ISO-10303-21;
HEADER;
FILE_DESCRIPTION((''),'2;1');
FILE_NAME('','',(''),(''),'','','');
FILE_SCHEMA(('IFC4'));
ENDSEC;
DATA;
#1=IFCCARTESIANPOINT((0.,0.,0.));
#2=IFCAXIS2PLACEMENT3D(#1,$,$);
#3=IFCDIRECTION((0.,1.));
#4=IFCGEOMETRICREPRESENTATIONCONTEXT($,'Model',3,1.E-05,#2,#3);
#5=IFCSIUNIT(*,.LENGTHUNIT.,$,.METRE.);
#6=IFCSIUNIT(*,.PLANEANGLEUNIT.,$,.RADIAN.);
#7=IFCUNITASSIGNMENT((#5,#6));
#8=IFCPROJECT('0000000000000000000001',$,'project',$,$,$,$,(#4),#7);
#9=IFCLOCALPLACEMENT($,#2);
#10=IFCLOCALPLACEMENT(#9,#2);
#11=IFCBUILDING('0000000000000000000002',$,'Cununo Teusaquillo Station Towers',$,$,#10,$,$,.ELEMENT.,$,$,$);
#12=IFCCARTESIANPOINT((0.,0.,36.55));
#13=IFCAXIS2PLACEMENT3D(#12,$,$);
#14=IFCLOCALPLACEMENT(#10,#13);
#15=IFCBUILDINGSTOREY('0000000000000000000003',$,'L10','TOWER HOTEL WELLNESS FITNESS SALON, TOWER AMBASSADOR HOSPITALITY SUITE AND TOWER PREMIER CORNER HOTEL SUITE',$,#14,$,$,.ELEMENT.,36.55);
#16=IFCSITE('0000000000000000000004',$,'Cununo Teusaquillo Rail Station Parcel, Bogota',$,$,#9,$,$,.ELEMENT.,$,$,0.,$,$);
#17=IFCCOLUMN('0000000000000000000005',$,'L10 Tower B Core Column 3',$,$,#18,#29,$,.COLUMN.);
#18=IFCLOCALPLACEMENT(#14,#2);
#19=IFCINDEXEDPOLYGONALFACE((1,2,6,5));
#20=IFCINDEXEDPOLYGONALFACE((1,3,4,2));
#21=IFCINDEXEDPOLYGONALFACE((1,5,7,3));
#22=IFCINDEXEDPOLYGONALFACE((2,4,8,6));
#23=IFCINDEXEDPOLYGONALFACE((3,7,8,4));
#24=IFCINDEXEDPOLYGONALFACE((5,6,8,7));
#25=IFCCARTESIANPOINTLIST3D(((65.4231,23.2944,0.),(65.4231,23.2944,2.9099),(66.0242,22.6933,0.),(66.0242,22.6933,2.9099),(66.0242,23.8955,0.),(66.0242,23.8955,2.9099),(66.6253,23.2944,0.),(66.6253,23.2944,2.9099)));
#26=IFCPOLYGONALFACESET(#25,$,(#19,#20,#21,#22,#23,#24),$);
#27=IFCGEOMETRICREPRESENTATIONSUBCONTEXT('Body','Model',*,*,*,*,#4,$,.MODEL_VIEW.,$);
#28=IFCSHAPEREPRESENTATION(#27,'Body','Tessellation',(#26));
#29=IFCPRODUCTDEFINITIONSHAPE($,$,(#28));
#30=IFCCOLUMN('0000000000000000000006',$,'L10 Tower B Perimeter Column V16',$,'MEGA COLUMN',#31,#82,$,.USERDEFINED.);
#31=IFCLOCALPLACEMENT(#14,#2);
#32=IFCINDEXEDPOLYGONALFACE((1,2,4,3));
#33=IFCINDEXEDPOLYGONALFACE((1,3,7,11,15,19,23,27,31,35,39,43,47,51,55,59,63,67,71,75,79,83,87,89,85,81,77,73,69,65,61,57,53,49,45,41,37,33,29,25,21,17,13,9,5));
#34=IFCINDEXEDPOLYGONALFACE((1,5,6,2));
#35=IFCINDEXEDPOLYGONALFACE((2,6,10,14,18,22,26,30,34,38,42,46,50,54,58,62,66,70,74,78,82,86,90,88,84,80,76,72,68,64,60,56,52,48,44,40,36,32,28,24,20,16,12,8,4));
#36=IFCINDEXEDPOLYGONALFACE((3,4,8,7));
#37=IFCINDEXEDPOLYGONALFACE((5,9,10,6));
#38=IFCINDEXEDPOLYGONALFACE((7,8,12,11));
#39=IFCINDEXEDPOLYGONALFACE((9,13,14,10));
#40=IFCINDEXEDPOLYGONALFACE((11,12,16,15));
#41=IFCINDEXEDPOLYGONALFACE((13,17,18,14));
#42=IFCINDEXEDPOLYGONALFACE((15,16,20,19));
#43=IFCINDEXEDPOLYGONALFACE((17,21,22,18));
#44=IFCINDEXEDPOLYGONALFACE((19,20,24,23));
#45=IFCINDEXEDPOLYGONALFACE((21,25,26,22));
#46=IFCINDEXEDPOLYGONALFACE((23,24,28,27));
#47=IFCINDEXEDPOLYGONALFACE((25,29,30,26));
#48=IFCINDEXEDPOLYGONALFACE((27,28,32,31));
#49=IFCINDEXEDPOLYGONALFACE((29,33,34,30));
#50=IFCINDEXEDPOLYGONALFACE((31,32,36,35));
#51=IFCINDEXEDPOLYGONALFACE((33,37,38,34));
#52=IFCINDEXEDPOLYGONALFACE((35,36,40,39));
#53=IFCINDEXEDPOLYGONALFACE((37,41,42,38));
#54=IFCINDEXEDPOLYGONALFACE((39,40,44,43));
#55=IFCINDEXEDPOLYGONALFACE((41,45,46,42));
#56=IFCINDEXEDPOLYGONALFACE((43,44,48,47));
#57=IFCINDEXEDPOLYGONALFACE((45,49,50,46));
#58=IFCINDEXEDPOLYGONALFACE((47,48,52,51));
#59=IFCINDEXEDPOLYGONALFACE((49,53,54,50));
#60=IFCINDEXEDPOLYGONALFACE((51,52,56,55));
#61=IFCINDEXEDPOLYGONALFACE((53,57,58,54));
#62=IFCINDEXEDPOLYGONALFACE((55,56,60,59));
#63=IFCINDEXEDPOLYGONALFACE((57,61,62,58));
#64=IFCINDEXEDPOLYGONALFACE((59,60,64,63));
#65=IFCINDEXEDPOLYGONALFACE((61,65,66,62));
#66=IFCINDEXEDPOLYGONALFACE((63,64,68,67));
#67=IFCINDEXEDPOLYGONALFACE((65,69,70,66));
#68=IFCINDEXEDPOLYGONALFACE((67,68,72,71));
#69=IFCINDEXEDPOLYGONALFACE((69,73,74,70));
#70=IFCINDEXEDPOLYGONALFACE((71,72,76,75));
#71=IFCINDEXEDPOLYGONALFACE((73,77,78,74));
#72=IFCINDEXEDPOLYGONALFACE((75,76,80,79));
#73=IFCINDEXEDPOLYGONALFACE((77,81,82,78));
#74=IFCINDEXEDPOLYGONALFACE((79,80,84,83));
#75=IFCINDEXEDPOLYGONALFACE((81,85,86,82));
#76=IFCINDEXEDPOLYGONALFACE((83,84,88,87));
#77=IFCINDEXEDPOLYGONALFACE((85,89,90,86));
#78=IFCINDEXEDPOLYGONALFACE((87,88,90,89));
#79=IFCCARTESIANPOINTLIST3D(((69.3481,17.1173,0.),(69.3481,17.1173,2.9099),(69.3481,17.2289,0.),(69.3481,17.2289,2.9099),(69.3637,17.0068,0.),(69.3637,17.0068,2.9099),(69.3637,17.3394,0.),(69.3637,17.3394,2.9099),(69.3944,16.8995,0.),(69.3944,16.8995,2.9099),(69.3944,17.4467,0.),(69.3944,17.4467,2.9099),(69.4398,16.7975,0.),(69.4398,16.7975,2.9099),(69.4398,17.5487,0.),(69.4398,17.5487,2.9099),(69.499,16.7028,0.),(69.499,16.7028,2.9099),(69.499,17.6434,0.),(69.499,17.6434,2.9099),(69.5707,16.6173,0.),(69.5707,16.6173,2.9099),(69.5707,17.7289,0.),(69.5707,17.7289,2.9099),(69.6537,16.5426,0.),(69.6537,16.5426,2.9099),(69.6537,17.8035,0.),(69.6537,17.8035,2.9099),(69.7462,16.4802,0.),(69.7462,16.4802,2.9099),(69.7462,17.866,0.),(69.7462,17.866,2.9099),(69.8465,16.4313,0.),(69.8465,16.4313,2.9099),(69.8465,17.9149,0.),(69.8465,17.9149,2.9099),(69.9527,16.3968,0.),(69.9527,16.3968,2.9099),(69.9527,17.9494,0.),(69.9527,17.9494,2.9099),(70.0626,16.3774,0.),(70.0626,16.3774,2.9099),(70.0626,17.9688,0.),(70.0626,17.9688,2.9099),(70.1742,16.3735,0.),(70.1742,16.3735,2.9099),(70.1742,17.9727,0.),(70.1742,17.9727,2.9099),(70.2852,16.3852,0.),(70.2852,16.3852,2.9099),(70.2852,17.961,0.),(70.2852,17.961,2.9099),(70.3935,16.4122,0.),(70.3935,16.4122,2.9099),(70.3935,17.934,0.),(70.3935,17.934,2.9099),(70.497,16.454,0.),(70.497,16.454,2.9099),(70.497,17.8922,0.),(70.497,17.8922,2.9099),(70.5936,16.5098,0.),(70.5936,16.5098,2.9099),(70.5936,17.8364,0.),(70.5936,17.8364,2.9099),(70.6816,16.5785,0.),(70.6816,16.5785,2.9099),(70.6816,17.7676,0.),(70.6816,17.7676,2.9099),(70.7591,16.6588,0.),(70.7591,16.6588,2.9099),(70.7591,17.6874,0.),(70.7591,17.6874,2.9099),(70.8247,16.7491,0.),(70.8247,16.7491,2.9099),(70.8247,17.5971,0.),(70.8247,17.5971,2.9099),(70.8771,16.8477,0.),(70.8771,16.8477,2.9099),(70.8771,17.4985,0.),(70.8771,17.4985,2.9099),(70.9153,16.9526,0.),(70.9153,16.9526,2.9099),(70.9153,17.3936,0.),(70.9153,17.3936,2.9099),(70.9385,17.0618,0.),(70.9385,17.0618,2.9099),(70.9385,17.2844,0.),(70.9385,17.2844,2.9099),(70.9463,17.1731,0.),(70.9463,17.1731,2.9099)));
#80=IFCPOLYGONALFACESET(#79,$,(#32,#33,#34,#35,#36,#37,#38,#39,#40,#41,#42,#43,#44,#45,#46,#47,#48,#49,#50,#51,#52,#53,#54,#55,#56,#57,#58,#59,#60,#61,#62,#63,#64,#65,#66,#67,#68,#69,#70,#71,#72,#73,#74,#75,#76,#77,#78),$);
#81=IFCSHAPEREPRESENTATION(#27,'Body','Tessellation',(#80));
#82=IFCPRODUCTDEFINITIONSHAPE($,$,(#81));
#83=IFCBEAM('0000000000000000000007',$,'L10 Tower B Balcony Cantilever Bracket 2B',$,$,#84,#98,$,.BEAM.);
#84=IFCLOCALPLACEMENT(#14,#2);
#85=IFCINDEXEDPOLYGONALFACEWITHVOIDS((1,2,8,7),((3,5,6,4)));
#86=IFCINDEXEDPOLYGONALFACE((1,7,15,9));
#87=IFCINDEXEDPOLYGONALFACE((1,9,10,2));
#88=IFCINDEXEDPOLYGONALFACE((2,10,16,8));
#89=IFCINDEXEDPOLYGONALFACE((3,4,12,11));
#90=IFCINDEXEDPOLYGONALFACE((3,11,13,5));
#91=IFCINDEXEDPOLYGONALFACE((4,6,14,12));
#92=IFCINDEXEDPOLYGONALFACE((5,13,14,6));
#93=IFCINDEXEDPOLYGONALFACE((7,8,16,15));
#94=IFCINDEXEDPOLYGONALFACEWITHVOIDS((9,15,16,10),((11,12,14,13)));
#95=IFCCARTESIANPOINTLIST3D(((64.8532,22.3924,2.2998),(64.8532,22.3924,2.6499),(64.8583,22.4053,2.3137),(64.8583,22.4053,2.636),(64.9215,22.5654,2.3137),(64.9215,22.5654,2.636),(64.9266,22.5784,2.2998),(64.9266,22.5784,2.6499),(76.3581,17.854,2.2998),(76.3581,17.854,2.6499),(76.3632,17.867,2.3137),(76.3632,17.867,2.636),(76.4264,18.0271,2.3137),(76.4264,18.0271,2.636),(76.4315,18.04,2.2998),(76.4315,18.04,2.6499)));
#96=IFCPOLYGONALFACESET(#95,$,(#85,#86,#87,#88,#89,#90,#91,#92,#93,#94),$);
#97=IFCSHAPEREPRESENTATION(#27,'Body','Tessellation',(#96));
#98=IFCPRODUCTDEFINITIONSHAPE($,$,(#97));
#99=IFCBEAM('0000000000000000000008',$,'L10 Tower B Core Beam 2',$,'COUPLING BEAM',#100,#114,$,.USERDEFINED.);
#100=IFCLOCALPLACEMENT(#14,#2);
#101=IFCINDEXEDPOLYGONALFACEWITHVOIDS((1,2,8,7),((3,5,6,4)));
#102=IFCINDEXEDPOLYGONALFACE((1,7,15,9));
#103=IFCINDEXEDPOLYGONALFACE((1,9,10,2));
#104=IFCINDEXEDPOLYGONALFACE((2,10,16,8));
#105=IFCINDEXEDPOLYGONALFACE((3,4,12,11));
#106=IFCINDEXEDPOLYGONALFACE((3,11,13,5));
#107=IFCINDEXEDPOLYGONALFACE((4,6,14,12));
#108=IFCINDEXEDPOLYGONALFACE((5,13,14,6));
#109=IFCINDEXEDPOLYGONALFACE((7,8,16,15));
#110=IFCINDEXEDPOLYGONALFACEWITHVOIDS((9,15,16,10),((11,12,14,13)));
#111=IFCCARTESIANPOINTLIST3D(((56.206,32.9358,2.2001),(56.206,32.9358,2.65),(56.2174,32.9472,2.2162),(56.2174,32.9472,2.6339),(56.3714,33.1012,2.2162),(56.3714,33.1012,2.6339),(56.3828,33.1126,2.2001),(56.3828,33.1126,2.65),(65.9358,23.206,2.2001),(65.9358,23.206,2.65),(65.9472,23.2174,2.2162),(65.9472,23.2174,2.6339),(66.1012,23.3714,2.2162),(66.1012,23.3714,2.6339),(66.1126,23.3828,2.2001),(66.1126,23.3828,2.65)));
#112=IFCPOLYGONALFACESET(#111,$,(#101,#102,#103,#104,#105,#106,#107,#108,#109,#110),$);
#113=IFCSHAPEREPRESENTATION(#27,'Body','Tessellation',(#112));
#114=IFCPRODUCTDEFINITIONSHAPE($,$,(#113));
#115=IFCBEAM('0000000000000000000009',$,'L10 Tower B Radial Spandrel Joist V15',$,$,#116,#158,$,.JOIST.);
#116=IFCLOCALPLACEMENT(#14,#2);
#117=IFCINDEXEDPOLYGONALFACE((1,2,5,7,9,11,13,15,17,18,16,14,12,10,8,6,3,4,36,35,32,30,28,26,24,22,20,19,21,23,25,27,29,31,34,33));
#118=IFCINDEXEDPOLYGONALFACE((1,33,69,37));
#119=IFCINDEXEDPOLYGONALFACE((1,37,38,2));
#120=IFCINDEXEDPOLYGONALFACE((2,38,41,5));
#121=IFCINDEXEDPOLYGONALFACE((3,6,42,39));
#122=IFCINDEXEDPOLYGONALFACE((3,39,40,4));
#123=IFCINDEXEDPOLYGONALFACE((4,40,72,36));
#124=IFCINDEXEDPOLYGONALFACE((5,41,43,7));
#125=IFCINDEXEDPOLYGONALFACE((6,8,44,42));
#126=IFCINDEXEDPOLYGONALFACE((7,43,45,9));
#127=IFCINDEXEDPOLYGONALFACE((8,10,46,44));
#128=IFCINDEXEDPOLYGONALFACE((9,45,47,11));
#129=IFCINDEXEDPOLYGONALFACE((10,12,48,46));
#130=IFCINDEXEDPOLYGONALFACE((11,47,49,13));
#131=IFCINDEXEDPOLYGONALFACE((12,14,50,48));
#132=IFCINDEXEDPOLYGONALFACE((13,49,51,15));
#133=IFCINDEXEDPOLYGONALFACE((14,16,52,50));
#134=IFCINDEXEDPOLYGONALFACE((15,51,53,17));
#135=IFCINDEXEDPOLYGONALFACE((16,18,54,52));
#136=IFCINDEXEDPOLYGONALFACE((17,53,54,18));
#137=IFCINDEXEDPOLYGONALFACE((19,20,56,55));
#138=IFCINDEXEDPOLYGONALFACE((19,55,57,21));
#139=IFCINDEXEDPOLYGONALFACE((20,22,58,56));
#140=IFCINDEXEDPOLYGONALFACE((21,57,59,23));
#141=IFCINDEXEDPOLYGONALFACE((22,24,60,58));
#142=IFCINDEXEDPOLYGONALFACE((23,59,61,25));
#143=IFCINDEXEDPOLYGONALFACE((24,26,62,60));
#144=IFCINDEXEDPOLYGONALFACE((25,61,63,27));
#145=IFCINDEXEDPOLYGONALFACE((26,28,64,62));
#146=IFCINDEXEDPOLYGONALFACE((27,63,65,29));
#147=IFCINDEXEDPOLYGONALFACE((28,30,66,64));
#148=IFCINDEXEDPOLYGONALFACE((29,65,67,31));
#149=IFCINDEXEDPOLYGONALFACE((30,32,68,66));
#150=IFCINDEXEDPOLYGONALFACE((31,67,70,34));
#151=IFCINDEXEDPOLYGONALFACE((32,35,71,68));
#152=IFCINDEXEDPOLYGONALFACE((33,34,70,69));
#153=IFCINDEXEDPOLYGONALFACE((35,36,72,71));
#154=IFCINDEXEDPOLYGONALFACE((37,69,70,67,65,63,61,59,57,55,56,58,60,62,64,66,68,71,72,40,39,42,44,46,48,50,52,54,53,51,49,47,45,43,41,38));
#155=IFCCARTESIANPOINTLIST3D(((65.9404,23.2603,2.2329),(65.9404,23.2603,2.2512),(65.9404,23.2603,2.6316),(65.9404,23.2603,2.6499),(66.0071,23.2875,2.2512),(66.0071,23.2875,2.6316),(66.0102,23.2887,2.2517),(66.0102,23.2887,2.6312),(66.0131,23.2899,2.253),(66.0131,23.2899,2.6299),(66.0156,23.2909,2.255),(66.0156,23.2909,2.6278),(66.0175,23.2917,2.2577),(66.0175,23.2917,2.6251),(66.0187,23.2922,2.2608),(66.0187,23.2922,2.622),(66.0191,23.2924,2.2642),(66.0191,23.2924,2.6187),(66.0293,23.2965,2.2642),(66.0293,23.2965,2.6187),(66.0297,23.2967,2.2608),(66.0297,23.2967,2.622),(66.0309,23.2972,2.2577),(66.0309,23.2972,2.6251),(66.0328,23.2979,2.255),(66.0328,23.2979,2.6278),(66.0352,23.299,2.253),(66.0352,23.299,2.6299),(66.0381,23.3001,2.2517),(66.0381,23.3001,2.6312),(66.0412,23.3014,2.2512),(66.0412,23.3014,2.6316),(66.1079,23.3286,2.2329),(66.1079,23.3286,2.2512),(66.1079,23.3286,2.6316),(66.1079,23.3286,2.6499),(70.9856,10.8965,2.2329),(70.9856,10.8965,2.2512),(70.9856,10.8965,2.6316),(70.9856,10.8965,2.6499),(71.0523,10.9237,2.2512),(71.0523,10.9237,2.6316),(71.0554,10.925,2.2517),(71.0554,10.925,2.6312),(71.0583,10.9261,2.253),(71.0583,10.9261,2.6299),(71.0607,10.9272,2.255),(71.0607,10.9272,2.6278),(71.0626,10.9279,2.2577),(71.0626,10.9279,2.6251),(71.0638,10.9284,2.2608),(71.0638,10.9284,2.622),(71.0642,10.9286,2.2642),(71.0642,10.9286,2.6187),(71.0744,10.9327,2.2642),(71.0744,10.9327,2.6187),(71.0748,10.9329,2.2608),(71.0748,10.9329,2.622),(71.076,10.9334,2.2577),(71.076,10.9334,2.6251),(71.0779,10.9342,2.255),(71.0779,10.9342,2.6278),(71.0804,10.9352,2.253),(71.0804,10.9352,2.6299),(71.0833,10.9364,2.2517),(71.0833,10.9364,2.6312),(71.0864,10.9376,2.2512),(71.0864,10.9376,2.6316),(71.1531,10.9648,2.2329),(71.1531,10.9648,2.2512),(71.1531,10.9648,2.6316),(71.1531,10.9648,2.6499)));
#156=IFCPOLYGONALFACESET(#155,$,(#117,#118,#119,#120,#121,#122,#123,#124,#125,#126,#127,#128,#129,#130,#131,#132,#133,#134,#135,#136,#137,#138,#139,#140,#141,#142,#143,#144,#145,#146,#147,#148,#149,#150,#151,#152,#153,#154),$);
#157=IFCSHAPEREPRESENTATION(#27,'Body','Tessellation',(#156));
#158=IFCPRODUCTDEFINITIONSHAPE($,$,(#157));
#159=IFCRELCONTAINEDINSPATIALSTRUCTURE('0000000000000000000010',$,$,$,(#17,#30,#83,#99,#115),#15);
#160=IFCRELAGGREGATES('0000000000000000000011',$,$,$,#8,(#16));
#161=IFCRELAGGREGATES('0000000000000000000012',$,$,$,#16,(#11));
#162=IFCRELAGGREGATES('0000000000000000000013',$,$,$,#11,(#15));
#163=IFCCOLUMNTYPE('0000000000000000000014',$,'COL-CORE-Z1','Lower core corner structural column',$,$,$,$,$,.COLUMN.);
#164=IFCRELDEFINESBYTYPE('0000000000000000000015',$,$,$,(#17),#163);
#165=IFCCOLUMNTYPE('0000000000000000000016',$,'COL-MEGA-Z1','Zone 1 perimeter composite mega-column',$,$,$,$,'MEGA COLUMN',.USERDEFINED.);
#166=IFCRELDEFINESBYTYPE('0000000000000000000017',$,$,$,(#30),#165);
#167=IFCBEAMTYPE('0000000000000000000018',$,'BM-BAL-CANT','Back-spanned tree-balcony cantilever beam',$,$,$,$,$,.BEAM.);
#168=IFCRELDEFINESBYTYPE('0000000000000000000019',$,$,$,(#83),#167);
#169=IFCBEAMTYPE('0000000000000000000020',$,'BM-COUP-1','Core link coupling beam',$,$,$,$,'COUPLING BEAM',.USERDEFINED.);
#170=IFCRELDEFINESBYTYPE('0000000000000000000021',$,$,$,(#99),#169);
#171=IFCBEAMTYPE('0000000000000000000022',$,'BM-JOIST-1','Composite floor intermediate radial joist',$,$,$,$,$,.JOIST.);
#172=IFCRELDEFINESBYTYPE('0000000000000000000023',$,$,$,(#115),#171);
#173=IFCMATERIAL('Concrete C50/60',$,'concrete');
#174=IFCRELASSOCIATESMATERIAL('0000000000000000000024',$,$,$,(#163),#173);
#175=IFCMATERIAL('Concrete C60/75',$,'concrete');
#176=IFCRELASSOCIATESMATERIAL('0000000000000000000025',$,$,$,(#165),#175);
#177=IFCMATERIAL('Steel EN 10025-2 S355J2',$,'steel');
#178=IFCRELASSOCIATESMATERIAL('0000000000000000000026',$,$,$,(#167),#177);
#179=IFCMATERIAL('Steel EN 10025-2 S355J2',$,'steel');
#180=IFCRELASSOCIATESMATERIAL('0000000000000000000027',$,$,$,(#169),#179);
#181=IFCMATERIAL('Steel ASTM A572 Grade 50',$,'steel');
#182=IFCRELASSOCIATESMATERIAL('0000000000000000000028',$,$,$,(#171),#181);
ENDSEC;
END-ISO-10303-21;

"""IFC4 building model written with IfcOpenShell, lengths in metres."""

from ifc_helpers import new_model, si_unit, direction, frame, origin, origin_2d, place, context, subcontext, project, spatial, rectangle, hollow_rectangle, circle, i_section, extrude, material, material_profile, profile_set, type_object, element, save


model = new_model("IFC4")

# Units and contexts
model_context = context("Model", 3, precision=1e-05, world=origin(), true_north=direction((0.0, 1.0)))
body_context = subcontext(model_context, "Body", "Model", "MODEL_VIEW")
ifc_project = project(units=[si_unit("LENGTHUNIT", "METRE"), si_unit("PLANEANGLEUNIT", "RADIAN")], contexts=[model_context])

# Site, building, storey
site_placement = place(None, origin())
site = spatial("IfcSite", under=ifc_project, at=site_placement, Name="Cununo Teusaquillo Rail Station Parcel, Bogota", CompositionType="ELEMENT", RefElevation=0.0)
building_placement = place(site_placement, origin())
building = spatial("IfcBuilding", under=site, at=building_placement, Name="Cununo Teusaquillo Station Towers", CompositionType="ELEMENT")
storey_placement = place(building_placement, frame((0.0, 0.0, 36.55)))
storey = spatial("IfcBuildingStorey", under=building, at=storey_placement, Name="L10", Description="TOWER HOTEL WELLNESS FITNESS SALON, TOWER AMBASSADOR HOSPITALITY SUITE AND TOWER PREMIER CORNER HOTEL SUITE", CompositionType="ELEMENT", Elevation=36.55)

# Columns
ifc_material_1 = material(Name="Concrete C50/60", Category="concrete")
ifc_material_profile_1 = material_profile(ifc_material_1, rectangle(XDim=0.8501, YDim=0.8501, at=origin_2d()), Name="RC-RECT-850x850")
ifc_profile_set_1 = profile_set([ifc_material_profile_1], Name="Concrete C50/60")
column_type_1 = type_object("IfcColumnType", Name="COL-CORE-Z1", Description="Lower core corner structural column", PredefinedType="COLUMN", material=ifc_profile_set_1)
column_1_placement = place(storey_placement, frame((66.0242, 23.2944, 0.0), z_axis=(0.0, 0.0, 1.0), x_axis=(0.707107, 0.707107, 0.0)))
element("IfcColumn", 1, at=column_1_placement, inside=storey, type_object=column_type_1, Name="L10 Tower B Core Column 3", PredefinedType="COLUMN", context=body_context, shape_type="SweptSolid", body=[
    extrude(rectangle(XDim=0.8501, YDim=0.8501, at=origin_2d()), origin(), (0.0, 0.0, 1.0), 2.9099),
])
ifc_material_2 = material(Name="Concrete C60/75", Category="concrete")
ifc_material_profile_2 = material_profile(ifc_material_2, circle(Radius=0.8, at=origin_2d()), Name="RC-CIRC-1600")
ifc_profile_set_2 = profile_set([ifc_material_profile_2], Name="Concrete C60/75")
column_type_2 = type_object("IfcColumnType", Name="COL-MEGA-Z1", Description="Zone 1 perimeter composite mega-column", ElementType="MEGA COLUMN", PredefinedType="USERDEFINED", material=ifc_profile_set_2)
column_2_placement = place(storey_placement, frame((70.1462, 17.1731, 0.0), z_axis=(0.0, 0.0, 1.0), x_axis=(1.0, 0.0, 0.0)))
element("IfcColumn", 2, at=column_2_placement, inside=storey, type_object=column_type_2, Name="L10 Tower B Perimeter Column V16", ObjectType="MEGA COLUMN", PredefinedType="USERDEFINED", context=body_context, shape_type="SweptSolid", body=[
    extrude(circle(Radius=0.8, at=origin_2d()), origin(), (0.0, 0.0, 1.0), 2.9099),
])

# Beams
ifc_material_3 = material(Name="Steel EN 10025-2 S355J2", Category="steel")
ifc_material_profile_3 = material_profile(ifc_material_3, hollow_rectangle(XDim=0.2, YDim=0.3501, WallThickness=0.0139, at=origin_2d()), Name="RHS 350x200x14")
ifc_profile_set_3 = profile_set([ifc_material_profile_3], Name="Steel EN 10025-2 S355J2")
beam_type_1 = type_object("IfcBeamType", Name="BM-BAL-CANT", Description="Back-spanned tree-balcony cantilever beam", PredefinedType="BEAM", material=ifc_profile_set_3)
beam_1_placement = place(storey_placement, frame((64.8899, 22.4854, 2.4749), z_axis=(0.93024, -0.366952, 0.0), x_axis=(0.366952, 0.93024, 0.0)))
element("IfcBeam", 3, at=beam_1_placement, inside=storey, type_object=beam_type_1, Name="L10 Tower B Balcony Cantilever Bracket 2B", PredefinedType="BEAM", context=body_context, shape_type="SweptSolid", body=[
    extrude(hollow_rectangle(XDim=0.2, YDim=0.3501, WallThickness=0.0139, at=origin_2d()), origin(), (0.0, 0.0, 1.0), 12.3677),
])
ifc_material_4 = material(Name="Steel EN 10025-2 S355J2", Category="steel")
ifc_material_profile_4 = material_profile(ifc_material_4, hollow_rectangle(XDim=0.25, YDim=0.45, WallThickness=0.0161, at=origin_2d()), Name="RHS 450x250x16")
ifc_profile_set_4 = profile_set([ifc_material_profile_4], Name="Steel EN 10025-2 S355J2")
beam_type_2 = type_object("IfcBeamType", Name="BM-COUP-1", Description="Core link coupling beam", ElementType="COUPLING BEAM", PredefinedType="USERDEFINED", material=ifc_profile_set_4)
beam_2_placement = place(storey_placement, frame((66.0242, 23.2944, 2.425), z_axis=(-0.707107, 0.707107, 0.0), x_axis=(-0.707107, -0.707107, 0.0)))
element("IfcBeam", 4, at=beam_2_placement, inside=storey, type_object=beam_type_2, Name="L10 Tower B Core Beam 2", ObjectType="COUPLING BEAM", PredefinedType="USERDEFINED", context=body_context, shape_type="SweptSolid", body=[
    extrude(hollow_rectangle(XDim=0.25, YDim=0.45, WallThickness=0.0161, at=origin_2d()), origin(), (0.0, 0.0, 1.0), 13.76),
])
ifc_material_5 = material(Name="Steel ASTM A572 Grade 50", Category="steel")
ifc_material_profile_5 = material_profile(ifc_material_5, i_section(OverallWidth=0.1809, OverallDepth=0.417, WebThickness=0.011, FlangeThickness=0.0183, FilletRadius=0.0129, at=origin_2d()), Name="W16X57")
ifc_profile_set_5 = profile_set([ifc_material_profile_5], Name="Steel ASTM A572 Grade 50")
beam_type_3 = type_object("IfcBeamType", Name="BM-JOIST-1", Description="Composite floor intermediate radial joist", PredefinedType="JOIST", material=ifc_profile_set_5)
beam_3_placement = place(storey_placement, frame((66.0242, 23.2944, 2.4414), z_axis=(0.377815, -0.925881, 0.0), x_axis=(0.925881, 0.377815, 0.0)))
element("IfcBeam", 5, at=beam_3_placement, inside=storey, type_object=beam_type_3, Name="L10 Tower B Radial Spandrel Joist V15", PredefinedType="JOIST", context=body_context, shape_type="SweptSolid", body=[
    extrude(i_section(OverallWidth=0.1809, OverallDepth=0.417, WebThickness=0.011, FlangeThickness=0.0183, FilletRadius=0.0129, at=origin_2d()), origin(), (0.0, 0.0, 1.0), 13.3535),
])

save(model, "model.ifc")
